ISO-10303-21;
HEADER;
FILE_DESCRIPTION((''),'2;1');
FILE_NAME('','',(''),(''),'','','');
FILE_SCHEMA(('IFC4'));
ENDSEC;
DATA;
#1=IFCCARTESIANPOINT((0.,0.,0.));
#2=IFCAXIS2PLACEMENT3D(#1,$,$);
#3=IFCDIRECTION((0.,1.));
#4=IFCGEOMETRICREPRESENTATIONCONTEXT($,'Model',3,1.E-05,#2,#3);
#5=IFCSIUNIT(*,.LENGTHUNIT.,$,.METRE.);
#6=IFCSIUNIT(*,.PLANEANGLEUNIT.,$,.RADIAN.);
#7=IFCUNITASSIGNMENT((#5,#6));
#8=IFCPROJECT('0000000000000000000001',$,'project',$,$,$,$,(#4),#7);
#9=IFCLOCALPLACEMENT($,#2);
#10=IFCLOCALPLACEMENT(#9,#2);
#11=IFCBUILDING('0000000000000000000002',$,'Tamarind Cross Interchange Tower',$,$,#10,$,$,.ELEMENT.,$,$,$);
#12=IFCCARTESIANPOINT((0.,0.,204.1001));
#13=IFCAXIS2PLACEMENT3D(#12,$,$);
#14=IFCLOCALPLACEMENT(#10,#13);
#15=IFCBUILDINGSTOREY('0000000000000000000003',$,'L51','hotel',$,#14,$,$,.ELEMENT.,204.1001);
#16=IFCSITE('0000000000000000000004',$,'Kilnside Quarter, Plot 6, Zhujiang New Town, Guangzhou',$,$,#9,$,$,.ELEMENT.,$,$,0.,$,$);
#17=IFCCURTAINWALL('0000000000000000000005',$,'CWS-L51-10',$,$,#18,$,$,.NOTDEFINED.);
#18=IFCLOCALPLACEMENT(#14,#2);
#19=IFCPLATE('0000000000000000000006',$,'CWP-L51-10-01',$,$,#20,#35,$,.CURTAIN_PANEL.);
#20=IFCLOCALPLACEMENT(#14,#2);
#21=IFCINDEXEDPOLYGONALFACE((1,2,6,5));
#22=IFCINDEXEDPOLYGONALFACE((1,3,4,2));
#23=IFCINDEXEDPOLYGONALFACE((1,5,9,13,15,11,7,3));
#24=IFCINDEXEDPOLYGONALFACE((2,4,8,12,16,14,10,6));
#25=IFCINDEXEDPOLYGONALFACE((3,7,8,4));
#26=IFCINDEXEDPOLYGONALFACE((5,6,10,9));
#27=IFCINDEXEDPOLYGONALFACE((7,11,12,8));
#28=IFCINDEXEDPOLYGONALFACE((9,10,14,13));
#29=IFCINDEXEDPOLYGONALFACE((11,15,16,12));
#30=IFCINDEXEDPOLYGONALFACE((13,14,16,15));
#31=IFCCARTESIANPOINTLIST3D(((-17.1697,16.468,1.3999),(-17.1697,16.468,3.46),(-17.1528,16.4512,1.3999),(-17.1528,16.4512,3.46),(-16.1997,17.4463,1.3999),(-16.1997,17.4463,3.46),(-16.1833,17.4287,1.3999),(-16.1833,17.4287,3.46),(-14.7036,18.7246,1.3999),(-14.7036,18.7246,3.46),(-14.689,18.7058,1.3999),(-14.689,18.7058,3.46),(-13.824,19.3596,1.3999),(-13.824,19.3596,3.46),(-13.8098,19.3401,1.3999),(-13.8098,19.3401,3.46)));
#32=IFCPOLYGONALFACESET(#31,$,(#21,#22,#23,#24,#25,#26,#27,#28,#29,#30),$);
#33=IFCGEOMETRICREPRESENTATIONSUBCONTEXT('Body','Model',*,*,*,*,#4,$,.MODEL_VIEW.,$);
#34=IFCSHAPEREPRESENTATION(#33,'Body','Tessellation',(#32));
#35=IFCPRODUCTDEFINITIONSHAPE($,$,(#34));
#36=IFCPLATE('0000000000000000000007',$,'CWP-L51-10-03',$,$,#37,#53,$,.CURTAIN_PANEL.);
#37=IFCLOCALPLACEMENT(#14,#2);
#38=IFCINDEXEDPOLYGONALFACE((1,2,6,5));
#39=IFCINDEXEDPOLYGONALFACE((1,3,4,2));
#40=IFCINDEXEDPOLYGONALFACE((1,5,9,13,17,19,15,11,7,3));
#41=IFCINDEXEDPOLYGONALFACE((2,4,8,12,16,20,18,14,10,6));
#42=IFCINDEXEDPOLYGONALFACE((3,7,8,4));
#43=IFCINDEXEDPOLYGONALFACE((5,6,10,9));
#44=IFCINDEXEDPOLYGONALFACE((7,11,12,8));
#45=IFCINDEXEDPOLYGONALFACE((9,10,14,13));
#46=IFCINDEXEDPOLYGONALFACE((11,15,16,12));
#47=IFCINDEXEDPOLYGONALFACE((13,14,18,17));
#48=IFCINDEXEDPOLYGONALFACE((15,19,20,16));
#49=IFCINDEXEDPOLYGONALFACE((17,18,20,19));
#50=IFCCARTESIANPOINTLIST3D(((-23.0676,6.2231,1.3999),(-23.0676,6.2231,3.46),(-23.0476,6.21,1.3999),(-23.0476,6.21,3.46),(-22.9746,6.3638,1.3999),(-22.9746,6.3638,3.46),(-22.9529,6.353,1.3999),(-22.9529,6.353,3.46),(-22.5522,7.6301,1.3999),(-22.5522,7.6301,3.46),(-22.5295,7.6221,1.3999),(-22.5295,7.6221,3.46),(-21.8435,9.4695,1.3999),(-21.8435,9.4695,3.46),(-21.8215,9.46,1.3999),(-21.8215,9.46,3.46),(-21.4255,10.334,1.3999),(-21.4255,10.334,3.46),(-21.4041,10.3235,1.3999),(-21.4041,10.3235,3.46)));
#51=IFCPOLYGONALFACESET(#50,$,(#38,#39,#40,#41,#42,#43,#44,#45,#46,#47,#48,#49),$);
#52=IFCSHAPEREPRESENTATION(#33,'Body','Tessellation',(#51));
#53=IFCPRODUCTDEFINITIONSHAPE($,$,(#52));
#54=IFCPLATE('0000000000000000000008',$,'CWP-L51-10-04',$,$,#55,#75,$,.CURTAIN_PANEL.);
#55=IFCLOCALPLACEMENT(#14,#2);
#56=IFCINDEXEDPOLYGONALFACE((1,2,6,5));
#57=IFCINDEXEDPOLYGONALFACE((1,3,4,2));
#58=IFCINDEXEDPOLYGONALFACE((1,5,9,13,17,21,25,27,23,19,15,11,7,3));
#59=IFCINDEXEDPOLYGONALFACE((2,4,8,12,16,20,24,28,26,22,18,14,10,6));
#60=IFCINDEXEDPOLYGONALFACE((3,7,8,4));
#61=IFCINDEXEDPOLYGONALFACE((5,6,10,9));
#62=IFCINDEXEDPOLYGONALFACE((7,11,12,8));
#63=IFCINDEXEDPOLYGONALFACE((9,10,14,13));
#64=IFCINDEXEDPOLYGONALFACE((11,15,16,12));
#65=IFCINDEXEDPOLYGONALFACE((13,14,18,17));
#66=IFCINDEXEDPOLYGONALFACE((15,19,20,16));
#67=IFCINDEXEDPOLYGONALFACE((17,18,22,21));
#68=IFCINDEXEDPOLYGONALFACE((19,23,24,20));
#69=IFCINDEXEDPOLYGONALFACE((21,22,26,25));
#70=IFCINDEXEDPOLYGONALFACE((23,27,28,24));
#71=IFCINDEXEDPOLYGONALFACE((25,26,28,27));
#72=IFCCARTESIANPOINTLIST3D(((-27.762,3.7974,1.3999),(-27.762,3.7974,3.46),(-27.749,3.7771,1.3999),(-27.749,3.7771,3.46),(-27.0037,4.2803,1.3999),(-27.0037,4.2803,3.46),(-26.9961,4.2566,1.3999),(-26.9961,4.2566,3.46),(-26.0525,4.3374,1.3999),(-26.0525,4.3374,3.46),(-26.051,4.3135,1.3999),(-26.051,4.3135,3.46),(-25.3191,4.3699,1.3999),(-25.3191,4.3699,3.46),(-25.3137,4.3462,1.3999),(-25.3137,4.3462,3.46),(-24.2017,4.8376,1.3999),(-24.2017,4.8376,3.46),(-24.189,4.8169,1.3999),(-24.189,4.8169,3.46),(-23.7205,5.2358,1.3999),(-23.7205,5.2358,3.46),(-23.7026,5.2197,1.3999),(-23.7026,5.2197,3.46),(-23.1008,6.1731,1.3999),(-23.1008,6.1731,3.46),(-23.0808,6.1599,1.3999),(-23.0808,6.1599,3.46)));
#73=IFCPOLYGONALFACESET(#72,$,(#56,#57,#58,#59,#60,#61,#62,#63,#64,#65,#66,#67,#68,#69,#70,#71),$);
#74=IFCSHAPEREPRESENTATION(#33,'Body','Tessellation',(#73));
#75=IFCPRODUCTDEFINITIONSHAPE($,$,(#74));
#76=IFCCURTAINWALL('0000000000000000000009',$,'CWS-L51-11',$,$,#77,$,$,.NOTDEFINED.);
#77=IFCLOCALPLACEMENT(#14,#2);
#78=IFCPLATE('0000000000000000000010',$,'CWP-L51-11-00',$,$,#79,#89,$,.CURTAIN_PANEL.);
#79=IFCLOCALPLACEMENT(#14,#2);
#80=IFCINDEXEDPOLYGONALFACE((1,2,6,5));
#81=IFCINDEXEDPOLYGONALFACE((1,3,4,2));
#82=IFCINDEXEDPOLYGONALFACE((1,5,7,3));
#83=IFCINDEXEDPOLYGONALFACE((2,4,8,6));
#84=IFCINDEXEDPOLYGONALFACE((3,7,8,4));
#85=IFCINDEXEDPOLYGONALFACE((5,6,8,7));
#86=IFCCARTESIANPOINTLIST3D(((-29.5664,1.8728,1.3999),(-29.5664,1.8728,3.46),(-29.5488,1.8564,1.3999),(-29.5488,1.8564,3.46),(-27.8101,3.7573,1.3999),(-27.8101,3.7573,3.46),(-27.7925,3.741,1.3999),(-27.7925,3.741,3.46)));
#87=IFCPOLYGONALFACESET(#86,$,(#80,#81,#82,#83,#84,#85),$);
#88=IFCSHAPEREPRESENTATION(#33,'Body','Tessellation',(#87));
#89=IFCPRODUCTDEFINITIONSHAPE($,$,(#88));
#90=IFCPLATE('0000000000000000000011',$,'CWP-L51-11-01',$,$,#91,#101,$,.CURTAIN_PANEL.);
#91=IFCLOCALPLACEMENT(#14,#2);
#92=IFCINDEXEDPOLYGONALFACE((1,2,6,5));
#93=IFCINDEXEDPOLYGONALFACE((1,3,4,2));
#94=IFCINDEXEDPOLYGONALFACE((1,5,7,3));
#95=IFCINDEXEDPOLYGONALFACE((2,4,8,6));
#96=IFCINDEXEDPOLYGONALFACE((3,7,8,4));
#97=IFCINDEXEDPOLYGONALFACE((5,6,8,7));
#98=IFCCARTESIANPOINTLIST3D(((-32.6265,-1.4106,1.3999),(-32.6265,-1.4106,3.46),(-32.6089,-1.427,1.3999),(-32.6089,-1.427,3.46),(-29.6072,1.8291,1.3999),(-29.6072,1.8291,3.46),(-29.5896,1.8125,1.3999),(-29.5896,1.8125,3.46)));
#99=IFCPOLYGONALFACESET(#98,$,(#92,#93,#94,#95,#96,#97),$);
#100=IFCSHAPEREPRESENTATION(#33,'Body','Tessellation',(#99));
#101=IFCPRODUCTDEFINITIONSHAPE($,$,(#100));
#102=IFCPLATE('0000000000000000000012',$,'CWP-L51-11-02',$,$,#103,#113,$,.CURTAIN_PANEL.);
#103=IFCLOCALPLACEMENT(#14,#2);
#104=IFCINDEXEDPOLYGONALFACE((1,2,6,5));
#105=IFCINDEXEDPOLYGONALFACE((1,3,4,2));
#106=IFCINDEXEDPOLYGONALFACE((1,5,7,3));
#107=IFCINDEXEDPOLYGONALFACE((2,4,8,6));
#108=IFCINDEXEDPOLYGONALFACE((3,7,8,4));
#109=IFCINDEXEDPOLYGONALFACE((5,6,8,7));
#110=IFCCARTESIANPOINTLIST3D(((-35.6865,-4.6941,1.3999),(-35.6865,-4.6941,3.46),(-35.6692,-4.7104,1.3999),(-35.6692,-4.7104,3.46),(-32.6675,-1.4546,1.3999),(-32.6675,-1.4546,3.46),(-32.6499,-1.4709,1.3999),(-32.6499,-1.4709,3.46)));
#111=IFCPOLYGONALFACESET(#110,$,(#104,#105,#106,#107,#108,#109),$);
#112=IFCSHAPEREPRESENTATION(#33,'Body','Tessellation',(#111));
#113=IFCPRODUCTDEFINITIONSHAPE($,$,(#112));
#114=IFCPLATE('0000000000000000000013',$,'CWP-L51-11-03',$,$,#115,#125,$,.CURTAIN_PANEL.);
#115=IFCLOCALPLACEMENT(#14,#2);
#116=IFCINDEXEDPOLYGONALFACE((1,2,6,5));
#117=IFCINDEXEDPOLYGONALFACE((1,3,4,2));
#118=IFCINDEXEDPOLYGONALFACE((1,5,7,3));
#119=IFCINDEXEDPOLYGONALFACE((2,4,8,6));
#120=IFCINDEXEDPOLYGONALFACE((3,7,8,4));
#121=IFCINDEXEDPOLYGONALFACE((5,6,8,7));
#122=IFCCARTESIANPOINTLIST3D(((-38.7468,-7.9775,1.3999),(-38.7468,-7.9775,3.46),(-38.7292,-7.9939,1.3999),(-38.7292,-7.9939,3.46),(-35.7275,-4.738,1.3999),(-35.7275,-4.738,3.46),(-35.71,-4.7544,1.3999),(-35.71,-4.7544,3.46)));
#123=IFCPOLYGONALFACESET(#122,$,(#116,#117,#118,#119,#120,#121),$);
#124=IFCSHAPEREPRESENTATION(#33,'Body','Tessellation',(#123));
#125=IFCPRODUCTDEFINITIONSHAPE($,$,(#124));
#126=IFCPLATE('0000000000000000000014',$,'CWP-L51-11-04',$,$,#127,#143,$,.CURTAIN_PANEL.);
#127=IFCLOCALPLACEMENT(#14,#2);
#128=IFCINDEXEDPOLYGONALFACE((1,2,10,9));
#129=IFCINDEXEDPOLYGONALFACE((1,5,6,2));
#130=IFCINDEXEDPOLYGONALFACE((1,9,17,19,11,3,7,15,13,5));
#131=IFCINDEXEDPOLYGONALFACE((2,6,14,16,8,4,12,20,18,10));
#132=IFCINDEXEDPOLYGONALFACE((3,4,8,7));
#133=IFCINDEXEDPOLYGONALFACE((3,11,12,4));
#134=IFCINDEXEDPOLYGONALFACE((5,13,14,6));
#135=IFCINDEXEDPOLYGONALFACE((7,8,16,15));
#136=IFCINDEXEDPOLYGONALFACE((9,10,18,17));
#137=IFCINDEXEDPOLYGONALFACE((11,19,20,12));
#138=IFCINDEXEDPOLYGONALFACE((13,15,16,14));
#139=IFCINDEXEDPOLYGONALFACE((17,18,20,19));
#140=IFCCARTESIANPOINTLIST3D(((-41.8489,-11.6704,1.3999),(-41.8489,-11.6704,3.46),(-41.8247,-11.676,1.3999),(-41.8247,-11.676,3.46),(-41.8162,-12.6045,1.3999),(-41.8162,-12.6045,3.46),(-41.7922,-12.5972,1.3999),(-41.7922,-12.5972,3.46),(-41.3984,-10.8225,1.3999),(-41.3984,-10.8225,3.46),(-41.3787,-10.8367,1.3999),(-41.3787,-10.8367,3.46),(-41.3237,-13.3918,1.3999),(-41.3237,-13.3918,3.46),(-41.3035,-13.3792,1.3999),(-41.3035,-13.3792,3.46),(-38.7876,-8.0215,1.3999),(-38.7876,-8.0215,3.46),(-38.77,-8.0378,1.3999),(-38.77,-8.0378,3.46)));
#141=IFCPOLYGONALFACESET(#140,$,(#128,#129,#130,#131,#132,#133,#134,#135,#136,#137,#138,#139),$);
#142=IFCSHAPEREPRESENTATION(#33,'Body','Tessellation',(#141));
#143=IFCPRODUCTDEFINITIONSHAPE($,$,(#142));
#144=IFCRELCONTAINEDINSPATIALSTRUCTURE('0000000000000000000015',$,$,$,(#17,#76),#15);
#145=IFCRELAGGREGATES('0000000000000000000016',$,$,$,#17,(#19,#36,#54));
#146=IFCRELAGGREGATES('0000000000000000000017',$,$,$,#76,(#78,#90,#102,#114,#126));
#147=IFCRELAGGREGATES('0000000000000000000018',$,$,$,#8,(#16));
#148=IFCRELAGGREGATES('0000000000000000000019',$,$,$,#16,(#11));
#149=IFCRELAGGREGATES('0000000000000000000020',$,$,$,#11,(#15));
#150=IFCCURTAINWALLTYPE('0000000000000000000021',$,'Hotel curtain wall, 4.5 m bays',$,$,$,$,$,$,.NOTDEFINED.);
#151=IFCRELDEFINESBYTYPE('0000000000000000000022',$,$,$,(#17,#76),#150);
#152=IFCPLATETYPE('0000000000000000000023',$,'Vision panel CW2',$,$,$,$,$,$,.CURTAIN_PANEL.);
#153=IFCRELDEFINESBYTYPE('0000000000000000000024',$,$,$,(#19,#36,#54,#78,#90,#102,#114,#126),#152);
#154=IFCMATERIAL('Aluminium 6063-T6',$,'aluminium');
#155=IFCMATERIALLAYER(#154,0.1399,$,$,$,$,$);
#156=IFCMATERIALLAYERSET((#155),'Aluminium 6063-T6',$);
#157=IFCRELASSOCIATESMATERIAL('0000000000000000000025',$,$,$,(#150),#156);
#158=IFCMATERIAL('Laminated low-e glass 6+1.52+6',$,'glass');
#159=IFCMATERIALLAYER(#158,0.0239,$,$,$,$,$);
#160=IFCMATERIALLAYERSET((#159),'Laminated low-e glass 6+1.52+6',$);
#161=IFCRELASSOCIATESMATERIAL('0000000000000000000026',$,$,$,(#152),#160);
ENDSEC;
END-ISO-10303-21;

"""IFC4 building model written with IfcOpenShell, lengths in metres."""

from ifc_helpers import new_model, si_unit, direction, frame, origin, place, context, subcontext, project, spatial, polyline, outline, extrude, material, layer, layer_set, type_object, element, aggregate, save


model = new_model("IFC4")

# Units and contexts
model_context = context("Model", 3, precision=1e-05, world=origin(), true_north=direction((0.0, 1.0)))
body_context = subcontext(model_context, "Body", "Model", "MODEL_VIEW")
ifc_project = project(units=[si_unit("LENGTHUNIT", "METRE"), si_unit("PLANEANGLEUNIT", "RADIAN")], contexts=[model_context])

# Site, building, storey
site_placement = place(None, origin())
site = spatial("IfcSite", under=ifc_project, at=site_placement, Name="Kilnside Quarter, Plot 6, Zhujiang New Town, Guangzhou", CompositionType="ELEMENT", RefElevation=0.0)
building_placement = place(site_placement, origin())
building = spatial("IfcBuilding", under=site, at=building_placement, Name="Tamarind Cross Interchange Tower", CompositionType="ELEMENT")
storey_placement = place(building_placement, frame((0.0, 0.0, 204.1001)))
storey = spatial("IfcBuildingStorey", under=building, at=storey_placement, Name="L51", Description="hotel", CompositionType="ELEMENT", Elevation=204.1001)

# Curtain walls, plates
ifc_material_1 = material(Name="Aluminium 6063-T6", Category="aluminium")
ifc_layer_1 = layer(ifc_material_1, 0.1399)
ifc_layer_set_1 = layer_set([ifc_layer_1], Name="Aluminium 6063-T6")
curtain_wall_type = type_object("IfcCurtainWallType", Name="Hotel curtain wall, 4.5 m bays", PredefinedType="NOTDEFINED", material=ifc_layer_set_1)
ifc_material_2 = material(Name="Laminated low-e glass 6+1.52+6", Category="glass")
ifc_layer_2 = layer(ifc_material_2, 0.0239)
ifc_layer_set_2 = layer_set([ifc_layer_2], Name="Laminated low-e glass 6+1.52+6")
plate_type = type_object("IfcPlateType", Name="Vision panel CW2", PredefinedType="CURTAIN_PANEL", material=ifc_layer_set_2)
curtain_wall_1_placement = place(storey_placement, origin())
curtain_wall_1 = element("IfcCurtainWall", 1, at=curtain_wall_1_placement, inside=storey, type_object=curtain_wall_type, Name="CWS-L51-10", PredefinedType="NOTDEFINED")
plate_1_placement = place(storey_placement, frame((0.0, 0.0, 1.3999)))
plate_1 = element("IfcPlate", 2, at=plate_1_placement, type_object=plate_type, Name="CWP-L51-10-01", PredefinedType="CURTAIN_PANEL", context=body_context, shape_type="SweptSolid", body=[
    extrude(outline(polyline([(-13.8098, 19.3401), (-14.689, 18.7058), (-16.1833, 17.4287), (-17.1528, 16.4512), (-17.1697, 16.468), (-16.1997, 17.4463), (-14.7036, 18.7246), (-13.824, 19.3596), (-13.8098, 19.3401)])), origin(), (0.0, 0.0, 1.0), 2.0601),
])
plate_2_placement = place(storey_placement, frame((0.0, 0.0, 1.3999)))
plate_2 = element("IfcPlate", 3, at=plate_2_placement, type_object=plate_type, Name="CWP-L51-10-03", PredefinedType="CURTAIN_PANEL", context=body_context, shape_type="SweptSolid", body=[
    extrude(outline(polyline([(-21.4041, 10.3235), (-21.8215, 9.46), (-22.5295, 7.6221), (-22.9529, 6.353), (-23.0476, 6.21), (-23.0676, 6.2231), (-22.9746, 6.3638), (-22.5522, 7.6301), (-21.8435, 9.4695), (-21.4255, 10.334), (-21.4041, 10.3235)])), origin(), (0.0, 0.0, 1.0), 2.0601),
])
plate_3_placement = place(storey_placement, frame((0.0, 0.0, 1.3999)))
plate_3 = element("IfcPlate", 4, at=plate_3_placement, type_object=plate_type, Name="CWP-L51-10-04", PredefinedType="CURTAIN_PANEL", context=body_context, shape_type="SweptSolid", body=[
    extrude(outline(polyline([(-23.0808, 6.1599), (-23.7026, 5.2197), (-24.189, 4.8169), (-25.3137, 4.3462), (-26.051, 4.3135), (-26.9961, 4.2566), (-27.749, 3.7771), (-27.762, 3.7974), (-27.0037, 4.2803), (-26.0525, 4.3374), (-25.3191, 4.3699), (-24.2017, 4.8376), (-23.7205, 5.2358), (-23.1008, 6.1731), (-23.0808, 6.1599)])), origin(), (0.0, 0.0, 1.0), 2.0601),
])
aggregate(curtain_wall_1, [plate_1, plate_2, plate_3])
curtain_wall_2_placement = place(storey_placement, origin())
curtain_wall_2 = element("IfcCurtainWall", 5, at=curtain_wall_2_placement, inside=storey, type_object=curtain_wall_type, Name="CWS-L51-11", PredefinedType="NOTDEFINED")
plate_4_placement = place(storey_placement, frame((0.0, 0.0, 1.3999)))
plate_4 = element("IfcPlate", 6, at=plate_4_placement, type_object=plate_type, Name="CWP-L51-11-00", PredefinedType="CURTAIN_PANEL", context=body_context, shape_type="SweptSolid", body=[
    extrude(outline(polyline([(-27.7925, 3.741), (-29.5488, 1.8564), (-29.5664, 1.8728), (-27.8101, 3.7573), (-27.7925, 3.741)])), origin(), (0.0, 0.0, 1.0), 2.0601),
])
plate_5_placement = place(storey_placement, frame((0.0, 0.0, 1.3999)))
plate_5 = element("IfcPlate", 7, at=plate_5_placement, type_object=plate_type, Name="CWP-L51-11-01", PredefinedType="CURTAIN_PANEL", context=body_context, shape_type="SweptSolid", body=[
    extrude(outline(polyline([(-29.5896, 1.8125), (-32.6089, -1.427), (-32.6265, -1.4106), (-29.6072, 1.8291), (-29.5896, 1.8125)])), origin(), (0.0, 0.0, 1.0), 2.0601),
])
plate_6_placement = place(storey_placement, frame((0.0, 0.0, 1.3999)))
plate_6 = element("IfcPlate", 8, at=plate_6_placement, type_object=plate_type, Name="CWP-L51-11-02", PredefinedType="CURTAIN_PANEL", context=body_context, shape_type="SweptSolid", body=[
    extrude(outline(polyline([(-32.6499, -1.4709), (-35.6692, -4.7104), (-35.6865, -4.6941), (-32.6675, -1.4546), (-32.6499, -1.4709)])), origin(), (0.0, 0.0, 1.0), 2.0601),
])
plate_7_placement = place(storey_placement, frame((0.0, 0.0, 1.3999)))
plate_7 = element("IfcPlate", 9, at=plate_7_placement, type_object=plate_type, Name="CWP-L51-11-03", PredefinedType="CURTAIN_PANEL", context=body_context, shape_type="SweptSolid", body=[
    extrude(outline(polyline([(-35.71, -4.7544), (-38.7292, -7.9939), (-38.7468, -7.9775), (-35.7275, -4.738), (-35.71, -4.7544)])), origin(), (0.0, 0.0, 1.0), 2.0601),
])
plate_8_placement = place(storey_placement, frame((0.0, 0.0, 1.3999)))
plate_8 = element("IfcPlate", 10, at=plate_8_placement, type_object=plate_type, Name="CWP-L51-11-04", PredefinedType="CURTAIN_PANEL", context=body_context, shape_type="SweptSolid", body=[
    extrude(outline(polyline([(-38.77, -8.0378), (-41.3787, -10.8367), (-41.8247, -11.676), (-41.7922, -12.5972), (-41.3035, -13.3792), (-41.3237, -13.3918), (-41.8162, -12.6045), (-41.8489, -11.6704), (-41.3984, -10.8225), (-38.7876, -8.0215), (-38.77, -8.0378)])), origin(), (0.0, 0.0, 1.0), 2.0601),
])
aggregate(curtain_wall_2, [plate_4, plate_5, plate_6, plate_7, plate_8])

save(model, "model.ifc")
